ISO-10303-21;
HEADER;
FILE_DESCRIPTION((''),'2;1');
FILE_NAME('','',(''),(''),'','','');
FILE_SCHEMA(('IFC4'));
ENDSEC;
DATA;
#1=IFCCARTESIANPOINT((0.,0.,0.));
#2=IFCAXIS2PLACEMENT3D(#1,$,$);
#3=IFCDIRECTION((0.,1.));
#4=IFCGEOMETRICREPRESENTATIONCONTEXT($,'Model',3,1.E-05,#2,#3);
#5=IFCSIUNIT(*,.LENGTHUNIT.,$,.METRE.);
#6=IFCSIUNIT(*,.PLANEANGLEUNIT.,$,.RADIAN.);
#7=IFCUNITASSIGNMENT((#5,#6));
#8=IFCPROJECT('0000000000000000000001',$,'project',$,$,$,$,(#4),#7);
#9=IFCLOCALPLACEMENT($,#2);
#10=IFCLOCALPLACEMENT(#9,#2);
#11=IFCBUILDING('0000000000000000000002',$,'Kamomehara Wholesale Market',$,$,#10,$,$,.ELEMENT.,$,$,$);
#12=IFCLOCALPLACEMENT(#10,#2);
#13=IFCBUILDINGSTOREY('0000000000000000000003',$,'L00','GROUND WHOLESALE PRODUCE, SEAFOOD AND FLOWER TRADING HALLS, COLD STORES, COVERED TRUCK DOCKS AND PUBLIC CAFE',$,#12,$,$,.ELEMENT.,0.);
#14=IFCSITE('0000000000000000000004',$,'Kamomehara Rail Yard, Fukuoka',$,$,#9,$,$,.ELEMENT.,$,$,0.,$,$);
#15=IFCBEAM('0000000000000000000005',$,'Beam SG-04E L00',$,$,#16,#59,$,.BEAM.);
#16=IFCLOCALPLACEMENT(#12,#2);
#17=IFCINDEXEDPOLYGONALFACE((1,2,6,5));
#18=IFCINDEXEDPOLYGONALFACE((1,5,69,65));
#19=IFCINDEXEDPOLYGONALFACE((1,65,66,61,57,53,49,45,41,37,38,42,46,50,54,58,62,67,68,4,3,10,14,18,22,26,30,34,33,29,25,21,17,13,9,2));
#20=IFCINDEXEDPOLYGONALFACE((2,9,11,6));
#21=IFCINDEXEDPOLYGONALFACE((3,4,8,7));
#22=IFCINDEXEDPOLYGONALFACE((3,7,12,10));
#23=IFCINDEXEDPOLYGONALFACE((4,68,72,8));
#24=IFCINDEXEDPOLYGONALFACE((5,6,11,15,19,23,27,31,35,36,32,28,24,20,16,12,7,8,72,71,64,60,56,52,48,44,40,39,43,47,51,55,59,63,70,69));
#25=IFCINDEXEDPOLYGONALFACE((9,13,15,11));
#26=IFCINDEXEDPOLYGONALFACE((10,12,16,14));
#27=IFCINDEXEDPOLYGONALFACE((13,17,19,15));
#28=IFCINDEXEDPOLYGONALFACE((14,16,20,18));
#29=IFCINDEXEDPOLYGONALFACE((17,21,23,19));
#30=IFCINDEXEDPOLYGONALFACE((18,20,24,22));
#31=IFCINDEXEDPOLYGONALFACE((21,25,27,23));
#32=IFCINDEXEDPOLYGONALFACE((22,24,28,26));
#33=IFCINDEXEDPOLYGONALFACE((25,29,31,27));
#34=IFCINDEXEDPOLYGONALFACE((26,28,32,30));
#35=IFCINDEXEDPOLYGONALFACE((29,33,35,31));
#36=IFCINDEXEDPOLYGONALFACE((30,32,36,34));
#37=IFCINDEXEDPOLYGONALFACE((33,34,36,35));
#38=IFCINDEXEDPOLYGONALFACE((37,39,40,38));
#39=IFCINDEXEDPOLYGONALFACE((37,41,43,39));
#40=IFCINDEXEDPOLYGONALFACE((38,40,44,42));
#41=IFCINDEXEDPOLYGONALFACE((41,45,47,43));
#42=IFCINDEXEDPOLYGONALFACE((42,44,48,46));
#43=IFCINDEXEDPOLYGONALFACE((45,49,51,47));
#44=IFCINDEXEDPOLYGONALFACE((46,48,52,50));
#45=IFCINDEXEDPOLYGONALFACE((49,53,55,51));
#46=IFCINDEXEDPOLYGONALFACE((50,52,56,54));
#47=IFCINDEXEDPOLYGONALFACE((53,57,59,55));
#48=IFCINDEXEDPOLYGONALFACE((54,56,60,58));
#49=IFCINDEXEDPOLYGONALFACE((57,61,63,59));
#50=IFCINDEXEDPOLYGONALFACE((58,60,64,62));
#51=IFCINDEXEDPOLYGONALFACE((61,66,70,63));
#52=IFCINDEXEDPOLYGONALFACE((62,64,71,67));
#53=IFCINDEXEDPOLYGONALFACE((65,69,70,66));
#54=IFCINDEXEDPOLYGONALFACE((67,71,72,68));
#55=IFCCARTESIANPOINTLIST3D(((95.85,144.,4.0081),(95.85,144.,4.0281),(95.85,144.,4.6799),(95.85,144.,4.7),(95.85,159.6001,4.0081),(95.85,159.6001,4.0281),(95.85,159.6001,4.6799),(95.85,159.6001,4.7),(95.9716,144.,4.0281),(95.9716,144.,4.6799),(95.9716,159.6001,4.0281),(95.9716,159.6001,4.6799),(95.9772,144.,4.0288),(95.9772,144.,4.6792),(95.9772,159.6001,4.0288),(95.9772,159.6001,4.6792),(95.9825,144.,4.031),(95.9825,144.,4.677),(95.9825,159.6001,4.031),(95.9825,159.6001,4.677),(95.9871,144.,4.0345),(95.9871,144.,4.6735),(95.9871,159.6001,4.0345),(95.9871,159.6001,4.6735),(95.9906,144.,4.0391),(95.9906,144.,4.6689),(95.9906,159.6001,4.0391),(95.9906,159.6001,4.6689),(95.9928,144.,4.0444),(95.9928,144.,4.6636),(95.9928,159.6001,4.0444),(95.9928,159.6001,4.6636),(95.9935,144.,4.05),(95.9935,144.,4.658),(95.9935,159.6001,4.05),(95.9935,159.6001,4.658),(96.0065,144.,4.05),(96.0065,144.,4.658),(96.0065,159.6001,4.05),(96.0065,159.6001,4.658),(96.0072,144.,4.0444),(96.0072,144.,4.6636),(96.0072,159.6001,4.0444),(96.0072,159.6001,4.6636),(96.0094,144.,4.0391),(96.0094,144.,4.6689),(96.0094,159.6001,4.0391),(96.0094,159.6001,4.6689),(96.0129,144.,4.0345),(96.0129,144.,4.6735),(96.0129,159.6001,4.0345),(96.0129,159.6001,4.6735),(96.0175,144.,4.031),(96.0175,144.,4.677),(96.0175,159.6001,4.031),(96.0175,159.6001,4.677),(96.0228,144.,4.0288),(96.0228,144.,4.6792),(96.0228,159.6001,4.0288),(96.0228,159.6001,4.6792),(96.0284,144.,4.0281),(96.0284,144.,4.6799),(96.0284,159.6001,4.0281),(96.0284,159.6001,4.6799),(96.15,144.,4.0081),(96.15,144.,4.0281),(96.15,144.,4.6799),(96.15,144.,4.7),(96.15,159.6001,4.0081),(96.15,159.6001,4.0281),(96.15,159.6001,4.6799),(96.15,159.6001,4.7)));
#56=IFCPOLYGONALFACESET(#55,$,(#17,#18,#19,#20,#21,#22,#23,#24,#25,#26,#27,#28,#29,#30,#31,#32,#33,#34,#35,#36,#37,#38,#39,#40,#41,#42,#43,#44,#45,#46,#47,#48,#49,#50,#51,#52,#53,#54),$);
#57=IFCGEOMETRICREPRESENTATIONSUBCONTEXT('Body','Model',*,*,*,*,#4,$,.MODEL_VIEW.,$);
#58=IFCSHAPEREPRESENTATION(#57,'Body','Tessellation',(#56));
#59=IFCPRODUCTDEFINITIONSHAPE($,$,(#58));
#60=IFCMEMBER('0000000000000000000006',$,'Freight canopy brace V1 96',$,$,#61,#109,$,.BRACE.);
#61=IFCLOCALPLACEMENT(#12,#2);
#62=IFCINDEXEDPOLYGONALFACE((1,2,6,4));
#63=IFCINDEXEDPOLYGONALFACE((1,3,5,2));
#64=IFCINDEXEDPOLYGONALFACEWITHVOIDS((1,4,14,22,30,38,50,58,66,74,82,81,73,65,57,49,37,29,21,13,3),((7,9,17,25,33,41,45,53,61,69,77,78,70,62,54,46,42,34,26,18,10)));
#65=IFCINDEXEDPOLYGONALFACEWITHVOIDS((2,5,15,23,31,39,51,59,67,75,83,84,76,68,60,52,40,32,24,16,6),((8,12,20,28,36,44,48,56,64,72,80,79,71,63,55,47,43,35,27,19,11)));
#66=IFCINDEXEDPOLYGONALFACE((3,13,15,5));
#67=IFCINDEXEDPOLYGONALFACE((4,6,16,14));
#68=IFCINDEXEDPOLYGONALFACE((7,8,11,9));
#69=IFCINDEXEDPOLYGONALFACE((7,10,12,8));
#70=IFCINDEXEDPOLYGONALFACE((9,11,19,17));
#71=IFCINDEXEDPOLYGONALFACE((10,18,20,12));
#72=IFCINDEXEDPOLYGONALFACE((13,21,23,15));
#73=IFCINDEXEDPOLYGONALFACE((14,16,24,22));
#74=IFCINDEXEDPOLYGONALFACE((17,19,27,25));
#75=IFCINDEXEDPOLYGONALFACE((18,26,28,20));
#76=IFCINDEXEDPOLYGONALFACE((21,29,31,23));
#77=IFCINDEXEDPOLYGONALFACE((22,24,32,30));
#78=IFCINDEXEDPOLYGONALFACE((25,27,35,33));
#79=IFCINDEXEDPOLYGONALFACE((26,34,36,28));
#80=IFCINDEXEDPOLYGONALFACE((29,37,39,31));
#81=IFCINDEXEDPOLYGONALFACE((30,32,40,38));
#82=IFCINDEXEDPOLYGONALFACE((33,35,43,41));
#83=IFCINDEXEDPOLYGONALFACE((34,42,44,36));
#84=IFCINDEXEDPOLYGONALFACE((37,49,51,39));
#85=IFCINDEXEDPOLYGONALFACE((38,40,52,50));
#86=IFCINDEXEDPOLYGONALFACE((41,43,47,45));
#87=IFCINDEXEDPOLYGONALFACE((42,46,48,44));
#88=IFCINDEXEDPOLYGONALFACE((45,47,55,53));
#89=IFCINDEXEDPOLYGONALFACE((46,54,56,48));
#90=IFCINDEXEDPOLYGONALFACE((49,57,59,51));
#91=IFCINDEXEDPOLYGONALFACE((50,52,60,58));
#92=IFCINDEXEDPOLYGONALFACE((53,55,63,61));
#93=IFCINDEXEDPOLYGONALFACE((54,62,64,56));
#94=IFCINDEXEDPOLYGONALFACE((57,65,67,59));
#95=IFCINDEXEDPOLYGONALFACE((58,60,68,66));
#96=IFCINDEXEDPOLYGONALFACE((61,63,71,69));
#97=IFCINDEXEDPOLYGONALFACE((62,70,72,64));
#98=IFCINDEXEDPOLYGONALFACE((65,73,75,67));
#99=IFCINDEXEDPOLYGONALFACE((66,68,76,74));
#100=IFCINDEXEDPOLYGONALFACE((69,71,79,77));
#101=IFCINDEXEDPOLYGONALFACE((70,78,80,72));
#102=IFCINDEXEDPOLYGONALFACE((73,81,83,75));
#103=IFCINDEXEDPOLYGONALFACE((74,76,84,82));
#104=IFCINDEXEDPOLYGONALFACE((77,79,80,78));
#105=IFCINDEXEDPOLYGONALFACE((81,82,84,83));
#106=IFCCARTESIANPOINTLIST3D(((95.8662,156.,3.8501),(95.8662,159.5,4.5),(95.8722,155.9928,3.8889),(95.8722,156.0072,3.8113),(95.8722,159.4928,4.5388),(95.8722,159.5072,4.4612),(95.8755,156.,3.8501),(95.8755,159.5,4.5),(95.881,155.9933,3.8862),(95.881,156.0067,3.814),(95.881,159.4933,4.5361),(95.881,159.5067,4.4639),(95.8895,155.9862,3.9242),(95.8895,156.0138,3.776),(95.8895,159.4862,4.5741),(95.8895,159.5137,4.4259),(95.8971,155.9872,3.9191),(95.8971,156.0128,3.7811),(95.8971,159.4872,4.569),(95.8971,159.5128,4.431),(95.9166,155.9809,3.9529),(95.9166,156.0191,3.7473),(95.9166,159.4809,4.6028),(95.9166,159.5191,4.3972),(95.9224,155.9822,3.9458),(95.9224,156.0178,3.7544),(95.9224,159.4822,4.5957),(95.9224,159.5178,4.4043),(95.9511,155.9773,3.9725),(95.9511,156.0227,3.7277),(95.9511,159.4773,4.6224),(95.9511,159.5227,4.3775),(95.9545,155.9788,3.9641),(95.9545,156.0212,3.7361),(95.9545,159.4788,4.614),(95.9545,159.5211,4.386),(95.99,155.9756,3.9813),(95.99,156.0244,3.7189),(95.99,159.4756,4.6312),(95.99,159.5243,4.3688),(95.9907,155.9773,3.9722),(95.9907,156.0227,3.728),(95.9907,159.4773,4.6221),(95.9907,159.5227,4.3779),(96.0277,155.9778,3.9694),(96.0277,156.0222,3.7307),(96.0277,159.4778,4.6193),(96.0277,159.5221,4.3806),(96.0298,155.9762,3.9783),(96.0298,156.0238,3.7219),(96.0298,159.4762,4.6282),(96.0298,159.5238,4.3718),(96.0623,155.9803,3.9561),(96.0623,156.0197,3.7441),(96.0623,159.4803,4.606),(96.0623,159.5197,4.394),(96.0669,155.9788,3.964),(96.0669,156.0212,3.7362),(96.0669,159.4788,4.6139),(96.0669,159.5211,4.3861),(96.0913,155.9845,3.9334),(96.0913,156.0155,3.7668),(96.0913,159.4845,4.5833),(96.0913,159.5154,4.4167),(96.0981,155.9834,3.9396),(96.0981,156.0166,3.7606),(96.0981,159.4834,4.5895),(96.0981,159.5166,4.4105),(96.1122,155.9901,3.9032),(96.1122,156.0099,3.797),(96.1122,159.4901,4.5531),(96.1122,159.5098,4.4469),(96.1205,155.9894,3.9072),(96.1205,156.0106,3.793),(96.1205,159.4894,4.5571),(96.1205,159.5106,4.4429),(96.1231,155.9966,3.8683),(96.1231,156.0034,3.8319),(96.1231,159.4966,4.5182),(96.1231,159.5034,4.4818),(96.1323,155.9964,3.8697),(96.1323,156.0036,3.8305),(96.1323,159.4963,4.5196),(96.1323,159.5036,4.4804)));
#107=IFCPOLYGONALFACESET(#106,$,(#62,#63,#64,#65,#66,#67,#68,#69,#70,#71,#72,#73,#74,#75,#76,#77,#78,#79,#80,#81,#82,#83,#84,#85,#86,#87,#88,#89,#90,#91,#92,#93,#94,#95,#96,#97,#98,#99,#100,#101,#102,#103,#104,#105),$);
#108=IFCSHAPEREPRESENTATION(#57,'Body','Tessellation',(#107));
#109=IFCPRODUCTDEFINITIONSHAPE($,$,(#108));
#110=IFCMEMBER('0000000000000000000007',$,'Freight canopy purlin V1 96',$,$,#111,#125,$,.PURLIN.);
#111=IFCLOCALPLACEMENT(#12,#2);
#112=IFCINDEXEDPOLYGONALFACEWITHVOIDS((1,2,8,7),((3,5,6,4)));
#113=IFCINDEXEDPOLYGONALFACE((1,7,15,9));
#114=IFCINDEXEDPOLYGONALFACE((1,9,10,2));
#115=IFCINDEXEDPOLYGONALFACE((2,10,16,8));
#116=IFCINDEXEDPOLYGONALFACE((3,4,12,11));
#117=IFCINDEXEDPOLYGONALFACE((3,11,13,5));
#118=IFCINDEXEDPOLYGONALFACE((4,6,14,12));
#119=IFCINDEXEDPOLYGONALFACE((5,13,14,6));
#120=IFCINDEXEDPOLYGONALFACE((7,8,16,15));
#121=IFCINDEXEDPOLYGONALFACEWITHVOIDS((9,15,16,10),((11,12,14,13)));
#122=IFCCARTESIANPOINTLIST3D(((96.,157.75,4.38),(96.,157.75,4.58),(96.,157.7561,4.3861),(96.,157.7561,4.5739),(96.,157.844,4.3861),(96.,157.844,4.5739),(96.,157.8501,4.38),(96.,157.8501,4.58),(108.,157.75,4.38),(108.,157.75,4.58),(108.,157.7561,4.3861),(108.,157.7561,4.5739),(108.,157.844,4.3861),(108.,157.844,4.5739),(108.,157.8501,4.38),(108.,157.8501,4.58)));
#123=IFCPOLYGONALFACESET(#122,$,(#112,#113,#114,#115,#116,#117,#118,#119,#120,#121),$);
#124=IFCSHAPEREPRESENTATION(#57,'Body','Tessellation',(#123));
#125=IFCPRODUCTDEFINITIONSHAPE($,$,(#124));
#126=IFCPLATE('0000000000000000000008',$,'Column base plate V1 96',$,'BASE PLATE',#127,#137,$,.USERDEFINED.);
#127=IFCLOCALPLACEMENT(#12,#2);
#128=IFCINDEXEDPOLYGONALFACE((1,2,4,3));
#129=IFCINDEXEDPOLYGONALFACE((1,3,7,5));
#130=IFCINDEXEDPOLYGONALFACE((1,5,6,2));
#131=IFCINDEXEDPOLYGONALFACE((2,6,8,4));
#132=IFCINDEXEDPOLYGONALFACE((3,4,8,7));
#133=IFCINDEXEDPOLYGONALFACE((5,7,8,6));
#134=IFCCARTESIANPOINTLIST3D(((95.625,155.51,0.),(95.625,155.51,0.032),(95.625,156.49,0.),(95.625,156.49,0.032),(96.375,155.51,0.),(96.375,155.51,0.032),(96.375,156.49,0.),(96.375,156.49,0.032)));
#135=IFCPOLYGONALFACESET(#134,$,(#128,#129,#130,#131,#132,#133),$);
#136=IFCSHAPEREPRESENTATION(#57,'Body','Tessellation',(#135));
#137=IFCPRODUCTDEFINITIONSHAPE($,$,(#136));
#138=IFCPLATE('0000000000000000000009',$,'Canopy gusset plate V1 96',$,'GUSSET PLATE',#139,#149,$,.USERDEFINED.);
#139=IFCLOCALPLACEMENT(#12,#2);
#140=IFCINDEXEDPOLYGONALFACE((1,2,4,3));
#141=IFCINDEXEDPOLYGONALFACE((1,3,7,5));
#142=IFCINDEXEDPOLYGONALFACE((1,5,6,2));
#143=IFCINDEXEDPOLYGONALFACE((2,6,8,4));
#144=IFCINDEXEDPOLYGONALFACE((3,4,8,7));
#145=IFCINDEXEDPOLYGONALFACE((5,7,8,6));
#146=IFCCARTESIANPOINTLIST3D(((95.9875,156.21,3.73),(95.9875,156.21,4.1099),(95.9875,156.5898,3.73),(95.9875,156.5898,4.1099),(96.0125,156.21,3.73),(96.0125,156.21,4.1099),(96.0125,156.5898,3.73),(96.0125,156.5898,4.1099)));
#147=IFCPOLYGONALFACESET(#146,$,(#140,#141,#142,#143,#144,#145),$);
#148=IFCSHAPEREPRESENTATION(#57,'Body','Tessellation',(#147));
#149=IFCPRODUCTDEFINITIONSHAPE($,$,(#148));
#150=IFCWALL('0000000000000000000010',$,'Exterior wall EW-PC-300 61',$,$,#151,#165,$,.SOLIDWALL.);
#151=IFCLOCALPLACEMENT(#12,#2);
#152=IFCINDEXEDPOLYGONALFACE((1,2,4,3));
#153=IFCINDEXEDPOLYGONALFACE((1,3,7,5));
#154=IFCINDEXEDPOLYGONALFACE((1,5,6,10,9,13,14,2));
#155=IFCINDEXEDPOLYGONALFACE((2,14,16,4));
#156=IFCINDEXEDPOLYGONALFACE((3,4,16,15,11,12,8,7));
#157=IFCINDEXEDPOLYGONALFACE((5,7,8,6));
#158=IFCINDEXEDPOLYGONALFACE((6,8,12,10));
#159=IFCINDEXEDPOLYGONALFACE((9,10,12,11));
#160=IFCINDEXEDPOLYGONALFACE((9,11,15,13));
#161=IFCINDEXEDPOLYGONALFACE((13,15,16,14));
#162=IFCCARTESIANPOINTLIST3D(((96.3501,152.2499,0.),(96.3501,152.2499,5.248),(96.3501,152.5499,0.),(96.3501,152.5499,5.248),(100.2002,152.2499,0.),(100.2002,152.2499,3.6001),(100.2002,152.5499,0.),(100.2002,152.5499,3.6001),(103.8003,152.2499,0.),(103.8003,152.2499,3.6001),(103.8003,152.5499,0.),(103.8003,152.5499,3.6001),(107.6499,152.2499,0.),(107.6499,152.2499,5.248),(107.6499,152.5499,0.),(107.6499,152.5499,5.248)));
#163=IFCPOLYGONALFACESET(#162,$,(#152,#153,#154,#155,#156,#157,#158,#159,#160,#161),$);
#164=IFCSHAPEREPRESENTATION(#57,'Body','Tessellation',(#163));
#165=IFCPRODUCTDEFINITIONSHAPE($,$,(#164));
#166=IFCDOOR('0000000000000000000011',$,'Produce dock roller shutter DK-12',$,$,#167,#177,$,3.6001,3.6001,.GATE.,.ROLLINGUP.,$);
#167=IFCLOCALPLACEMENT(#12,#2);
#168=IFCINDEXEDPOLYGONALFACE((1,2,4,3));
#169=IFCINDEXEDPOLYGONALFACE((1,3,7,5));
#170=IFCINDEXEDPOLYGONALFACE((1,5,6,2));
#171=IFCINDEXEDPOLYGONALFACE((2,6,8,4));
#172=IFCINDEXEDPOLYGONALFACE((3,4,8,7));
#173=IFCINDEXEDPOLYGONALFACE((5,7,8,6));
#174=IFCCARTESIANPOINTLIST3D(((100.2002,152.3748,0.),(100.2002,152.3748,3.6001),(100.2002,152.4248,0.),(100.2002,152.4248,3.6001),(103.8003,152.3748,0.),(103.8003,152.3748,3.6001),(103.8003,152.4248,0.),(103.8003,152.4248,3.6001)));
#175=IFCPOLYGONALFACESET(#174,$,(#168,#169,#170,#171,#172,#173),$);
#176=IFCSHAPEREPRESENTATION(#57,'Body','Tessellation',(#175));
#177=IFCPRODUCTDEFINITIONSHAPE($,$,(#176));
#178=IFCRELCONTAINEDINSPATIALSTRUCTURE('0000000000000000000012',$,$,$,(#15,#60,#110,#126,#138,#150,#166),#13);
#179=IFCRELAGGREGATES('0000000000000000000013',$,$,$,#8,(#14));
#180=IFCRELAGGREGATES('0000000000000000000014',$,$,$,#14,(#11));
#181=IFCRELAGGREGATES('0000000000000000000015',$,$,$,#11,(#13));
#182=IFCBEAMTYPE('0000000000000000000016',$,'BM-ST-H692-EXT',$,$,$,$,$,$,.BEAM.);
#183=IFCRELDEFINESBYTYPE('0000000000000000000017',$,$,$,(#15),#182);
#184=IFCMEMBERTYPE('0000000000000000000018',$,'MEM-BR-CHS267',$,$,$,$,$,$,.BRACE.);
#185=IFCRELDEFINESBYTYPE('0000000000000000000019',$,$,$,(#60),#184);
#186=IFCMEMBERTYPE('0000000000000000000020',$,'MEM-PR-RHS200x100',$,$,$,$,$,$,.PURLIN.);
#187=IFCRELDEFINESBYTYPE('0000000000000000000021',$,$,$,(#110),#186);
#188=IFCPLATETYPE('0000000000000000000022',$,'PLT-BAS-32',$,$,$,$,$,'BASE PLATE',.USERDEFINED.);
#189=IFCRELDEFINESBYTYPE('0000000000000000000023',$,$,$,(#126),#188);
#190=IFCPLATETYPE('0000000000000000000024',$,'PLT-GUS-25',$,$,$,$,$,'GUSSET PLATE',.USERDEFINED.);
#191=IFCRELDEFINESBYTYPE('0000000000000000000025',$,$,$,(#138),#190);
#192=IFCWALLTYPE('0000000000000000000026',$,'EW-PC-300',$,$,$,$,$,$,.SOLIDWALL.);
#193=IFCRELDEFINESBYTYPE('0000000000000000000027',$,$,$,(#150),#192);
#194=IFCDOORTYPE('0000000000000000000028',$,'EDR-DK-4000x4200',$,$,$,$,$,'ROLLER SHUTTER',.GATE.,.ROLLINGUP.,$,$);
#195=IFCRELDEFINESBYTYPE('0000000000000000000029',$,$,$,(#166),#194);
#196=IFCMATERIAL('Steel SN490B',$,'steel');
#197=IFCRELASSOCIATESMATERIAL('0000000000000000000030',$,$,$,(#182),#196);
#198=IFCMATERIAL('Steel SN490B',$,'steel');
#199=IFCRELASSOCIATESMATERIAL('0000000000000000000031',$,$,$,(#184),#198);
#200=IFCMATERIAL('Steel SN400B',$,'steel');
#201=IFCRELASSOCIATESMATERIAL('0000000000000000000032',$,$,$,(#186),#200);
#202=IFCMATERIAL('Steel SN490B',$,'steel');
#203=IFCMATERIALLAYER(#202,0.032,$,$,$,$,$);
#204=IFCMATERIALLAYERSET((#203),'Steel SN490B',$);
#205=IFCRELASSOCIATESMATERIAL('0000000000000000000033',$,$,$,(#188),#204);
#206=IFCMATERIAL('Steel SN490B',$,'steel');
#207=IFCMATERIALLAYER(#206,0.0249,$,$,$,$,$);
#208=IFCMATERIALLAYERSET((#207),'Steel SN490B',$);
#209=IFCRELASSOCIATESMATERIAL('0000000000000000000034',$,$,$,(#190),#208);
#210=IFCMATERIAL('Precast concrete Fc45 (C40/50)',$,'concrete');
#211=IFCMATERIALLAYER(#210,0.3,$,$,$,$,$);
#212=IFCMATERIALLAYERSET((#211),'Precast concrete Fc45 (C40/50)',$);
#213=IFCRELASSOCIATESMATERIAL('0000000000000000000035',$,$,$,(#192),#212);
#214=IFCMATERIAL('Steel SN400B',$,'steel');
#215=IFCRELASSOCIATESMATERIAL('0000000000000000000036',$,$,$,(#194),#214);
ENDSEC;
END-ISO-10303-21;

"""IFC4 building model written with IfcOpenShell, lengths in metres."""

from ifc_helpers import new_model, si_unit, direction, frame, frame_2d, origin, origin_2d, place, context, subcontext, project, spatial, rectangle, hollow_rectangle, hollow_circle, i_section, extrude, material, layer, layer_set, material_profile, profile_set, type_object, element, fill, save


model = new_model("IFC4")

# Units and contexts
model_context = context("Model", 3, precision=1e-05, world=origin(), true_north=direction((0.0, 1.0)))
body_context = subcontext(model_context, "Body", "Model", "MODEL_VIEW")
ifc_project = project(units=[si_unit("LENGTHUNIT", "METRE"), si_unit("PLANEANGLEUNIT", "RADIAN")], contexts=[model_context])

# Site, building, storey
site_placement = place(None, origin())
site = spatial("IfcSite", under=ifc_project, at=site_placement, Name="Kamomehara Rail Yard, Fukuoka", CompositionType="ELEMENT", RefElevation=0.0)
building_placement = place(site_placement, origin())
building = spatial("IfcBuilding", under=site, at=building_placement, Name="Kamomehara Wholesale Market", CompositionType="ELEMENT")
storey_placement = place(building_placement, origin())
storey = spatial("IfcBuildingStorey", under=building, at=storey_placement, Name="L00", Description="GROUND WHOLESALE PRODUCE, SEAFOOD AND FLOWER TRADING HALLS, COLD STORES, COVERED TRUCK DOCKS AND PUBLIC CAFE", CompositionType="ELEMENT", Elevation=0.0)

# Beam
ifc_material_1 = material(Name="Steel SN490B", Category="steel")
ifc_material_profile_1 = material_profile(ifc_material_1, i_section(OverallWidth=0.3, OverallDepth=0.6919, WebThickness=0.0129, FlangeThickness=0.02, FilletRadius=0.022, at=origin_2d()), Name="H-692x300x13x20")
ifc_profile_set_1 = profile_set([ifc_material_profile_1], Name="Steel SN490B")
beam_type_1 = type_object("IfcBeamType", Name="BM-ST-H692-EXT", PredefinedType="BEAM", material=ifc_profile_set_1)
beam_1_placement = place(storey_placement, frame((96.0, 144.0, 4.354), z_axis=(0.0, 1.0, 0.0), x_axis=(-1.0, 0.0, 0.0)))
element("IfcBeam", 1, at=beam_1_placement, inside=storey, type_object=beam_type_1, Name="Beam SG-04E L00", PredefinedType="BEAM", context=body_context, shape_type="SweptSolid", body=[
    extrude(i_section(OverallWidth=0.3, OverallDepth=0.6919, WebThickness=0.0129, FlangeThickness=0.02, FilletRadius=0.022, at=origin_2d()), origin(), (0.0, 0.0, 1.0), 15.6001),
])

# Members
ifc_material_2 = material(Name="Steel SN490B", Category="steel")
ifc_material_profile_2 = material_profile(ifc_material_2, hollow_circle(Radius=0.1338, WallThickness=0.0093, at=origin_2d()), Name="CHS-267.4x9.3")
ifc_profile_set_2 = profile_set([ifc_material_profile_2], Name="Steel SN490B")
member_type_1 = type_object("IfcMemberType", Name="MEM-BR-CHS267", PredefinedType="BRACE", material=ifc_profile_set_2)
member_1_placement = place(storey_placement, frame((96.0, 156.0, 3.8501), z_axis=(0.0, 0.983194, 0.182566), x_axis=(-1.0, 0.0, 0.0)))
element("IfcMember", 2, at=member_1_placement, inside=storey, type_object=member_type_1, Name="Freight canopy brace V1 96", PredefinedType="BRACE", context=body_context, shape_type="SweptSolid", body=[
    extrude(hollow_circle(Radius=0.1338, WallThickness=0.0093, at=origin_2d()), origin(), (0.0, 0.0, 1.0), 3.5598),
])
ifc_material_3 = material(Name="Steel SN400B", Category="steel")
ifc_material_profile_3 = material_profile(ifc_material_3, hollow_rectangle(XDim=0.1001, YDim=0.2, WallThickness=0.0061, at=origin_2d()), Name="RHS-200x100x6")
ifc_profile_set_3 = profile_set([ifc_material_profile_3], Name="Steel SN400B")
member_type_2 = type_object("IfcMemberType", Name="MEM-PR-RHS200x100", PredefinedType="PURLIN", material=ifc_profile_set_3)
member_2_placement = place(storey_placement, frame((96.0, 157.8, 4.48), z_axis=(1.0, 0.0, 0.0), x_axis=(0.0, 1.0, 0.0)))
element("IfcMember", 3, at=member_2_placement, inside=storey, type_object=member_type_2, Name="Freight canopy purlin V1 96", PredefinedType="PURLIN", context=body_context, shape_type="SweptSolid", body=[
    extrude(hollow_rectangle(XDim=0.1001, YDim=0.2, WallThickness=0.0061, at=origin_2d()), origin(), (0.0, 0.0, 1.0), 12.0),
])

# Plates
ifc_material_4 = material(Name="Steel SN490B", Category="steel")
ifc_layer_1 = layer(ifc_material_4, 0.032)
ifc_layer_set_1 = layer_set([ifc_layer_1], Name="Steel SN490B")
plate_type_1 = type_object("IfcPlateType", Name="PLT-BAS-32", ElementType="BASE PLATE", PredefinedType="USERDEFINED", material=ifc_layer_set_1)
plate_1_placement = place(storey_placement, frame((96.0, 156.0, 0.0), z_axis=(0.0, 0.0, 1.0), x_axis=(1.0, 0.0, 0.0)))
element("IfcPlate", 4, at=plate_1_placement, inside=storey, type_object=plate_type_1, Name="Column base plate V1 96", ObjectType="BASE PLATE", PredefinedType="USERDEFINED", context=body_context, shape_type="SweptSolid", body=[
    extrude(rectangle(XDim=0.75, YDim=0.98, at=origin_2d()), origin(), (0.0, 0.0, 1.0), 0.032),
])
ifc_material_5 = material(Name="Steel SN490B", Category="steel")
ifc_layer_2 = layer(ifc_material_5, 0.0249)
ifc_layer_set_2 = layer_set([ifc_layer_2], Name="Steel SN490B")
plate_type_2 = type_object("IfcPlateType", Name="PLT-GUS-25", ElementType="GUSSET PLATE", PredefinedType="USERDEFINED", material=ifc_layer_set_2)
plate_2_placement = place(storey_placement, frame((96.0, 156.3999, 3.73), z_axis=(0.0, 0.0, 1.0), x_axis=(1.0, 0.0, 0.0)))
element("IfcPlate", 5, at=plate_2_placement, inside=storey, type_object=plate_type_2, Name="Canopy gusset plate V1 96", ObjectType="GUSSET PLATE", PredefinedType="USERDEFINED", context=body_context, shape_type="SweptSolid", body=[
    extrude(rectangle(XDim=0.0249, YDim=0.3799, at=origin_2d()), origin(), (0.0, 0.0, 1.0), 0.3799),
])

# Wall, opening, door
ifc_material_6 = material(Name="Precast concrete Fc45 (C40/50)", Category="concrete")
ifc_layer_3 = layer(ifc_material_6, 0.3)
ifc_layer_set_3 = layer_set([ifc_layer_3], Name="Precast concrete Fc45 (C40/50)")
wall_type = type_object("IfcWallType", Name="EW-PC-300", PredefinedType="SOLIDWALL", material=ifc_layer_set_3)
wall_placement = place(storey_placement, frame((96.3501, 152.3999, 0.0), z_axis=(0.0, 0.0, 1.0), x_axis=(1.0, 0.0, 0.0)))
wall = element("IfcWall", 6, at=wall_placement, inside=storey, type_object=wall_type, Name="Exterior wall EW-PC-300 61", PredefinedType="SOLIDWALL", context=body_context, shape_type="SweptSolid", body=[
    extrude(rectangle(XDim=11.2998, YDim=0.3, at=frame_2d((5.6499, 0.0))), origin(), (0.0, 0.0, 1.0), 5.248),
])
opening_placement = place(wall_placement, frame((3.8501, 0.0, 0.0)))
opening = element("IfcOpeningElement", 7, at=opening_placement, cuts=wall, PredefinedType="OPENING", context=body_context, shape_type="SweptSolid", body=[
    extrude(rectangle(XDim=3.6001, YDim=3.6001, at=frame_2d((1.8, 1.8))), frame((0.0, 0.165, 0.0), z_axis=(0.0, -1.0, 0.0), x_axis=(1.0, 0.0, 0.0)), (0.0, 0.0, 1.0), 0.3298),
])
ifc_material_7 = material(Name="Steel SN400B", Category="steel")
door_type = type_object("IfcDoorType", Name="EDR-DK-4000x4200", ElementType="ROLLER SHUTTER", OperationType="ROLLINGUP", PredefinedType="GATE", material=ifc_material_7)
door_placement = place(opening_placement, origin())
door = element("IfcDoor", 8, at=door_placement, inside=storey, type_object=door_type, Name="Produce dock roller shutter DK-12", OperationType="ROLLINGUP", OverallHeight=3.6001, OverallWidth=3.6001, PredefinedType="GATE", context=body_context, shape_type="SweptSolid", body=[
    extrude(rectangle(XDim=3.6001, YDim=3.6001, at=frame_2d((1.8, 1.8))), frame((0.0, 0.0249, 0.0), z_axis=(0.0, -1.0, 0.0), x_axis=(1.0, 0.0, 0.0)), (0.0, 0.0, 1.0), 0.05),
])
fill(opening, door)

save(model, "model.ifc")
